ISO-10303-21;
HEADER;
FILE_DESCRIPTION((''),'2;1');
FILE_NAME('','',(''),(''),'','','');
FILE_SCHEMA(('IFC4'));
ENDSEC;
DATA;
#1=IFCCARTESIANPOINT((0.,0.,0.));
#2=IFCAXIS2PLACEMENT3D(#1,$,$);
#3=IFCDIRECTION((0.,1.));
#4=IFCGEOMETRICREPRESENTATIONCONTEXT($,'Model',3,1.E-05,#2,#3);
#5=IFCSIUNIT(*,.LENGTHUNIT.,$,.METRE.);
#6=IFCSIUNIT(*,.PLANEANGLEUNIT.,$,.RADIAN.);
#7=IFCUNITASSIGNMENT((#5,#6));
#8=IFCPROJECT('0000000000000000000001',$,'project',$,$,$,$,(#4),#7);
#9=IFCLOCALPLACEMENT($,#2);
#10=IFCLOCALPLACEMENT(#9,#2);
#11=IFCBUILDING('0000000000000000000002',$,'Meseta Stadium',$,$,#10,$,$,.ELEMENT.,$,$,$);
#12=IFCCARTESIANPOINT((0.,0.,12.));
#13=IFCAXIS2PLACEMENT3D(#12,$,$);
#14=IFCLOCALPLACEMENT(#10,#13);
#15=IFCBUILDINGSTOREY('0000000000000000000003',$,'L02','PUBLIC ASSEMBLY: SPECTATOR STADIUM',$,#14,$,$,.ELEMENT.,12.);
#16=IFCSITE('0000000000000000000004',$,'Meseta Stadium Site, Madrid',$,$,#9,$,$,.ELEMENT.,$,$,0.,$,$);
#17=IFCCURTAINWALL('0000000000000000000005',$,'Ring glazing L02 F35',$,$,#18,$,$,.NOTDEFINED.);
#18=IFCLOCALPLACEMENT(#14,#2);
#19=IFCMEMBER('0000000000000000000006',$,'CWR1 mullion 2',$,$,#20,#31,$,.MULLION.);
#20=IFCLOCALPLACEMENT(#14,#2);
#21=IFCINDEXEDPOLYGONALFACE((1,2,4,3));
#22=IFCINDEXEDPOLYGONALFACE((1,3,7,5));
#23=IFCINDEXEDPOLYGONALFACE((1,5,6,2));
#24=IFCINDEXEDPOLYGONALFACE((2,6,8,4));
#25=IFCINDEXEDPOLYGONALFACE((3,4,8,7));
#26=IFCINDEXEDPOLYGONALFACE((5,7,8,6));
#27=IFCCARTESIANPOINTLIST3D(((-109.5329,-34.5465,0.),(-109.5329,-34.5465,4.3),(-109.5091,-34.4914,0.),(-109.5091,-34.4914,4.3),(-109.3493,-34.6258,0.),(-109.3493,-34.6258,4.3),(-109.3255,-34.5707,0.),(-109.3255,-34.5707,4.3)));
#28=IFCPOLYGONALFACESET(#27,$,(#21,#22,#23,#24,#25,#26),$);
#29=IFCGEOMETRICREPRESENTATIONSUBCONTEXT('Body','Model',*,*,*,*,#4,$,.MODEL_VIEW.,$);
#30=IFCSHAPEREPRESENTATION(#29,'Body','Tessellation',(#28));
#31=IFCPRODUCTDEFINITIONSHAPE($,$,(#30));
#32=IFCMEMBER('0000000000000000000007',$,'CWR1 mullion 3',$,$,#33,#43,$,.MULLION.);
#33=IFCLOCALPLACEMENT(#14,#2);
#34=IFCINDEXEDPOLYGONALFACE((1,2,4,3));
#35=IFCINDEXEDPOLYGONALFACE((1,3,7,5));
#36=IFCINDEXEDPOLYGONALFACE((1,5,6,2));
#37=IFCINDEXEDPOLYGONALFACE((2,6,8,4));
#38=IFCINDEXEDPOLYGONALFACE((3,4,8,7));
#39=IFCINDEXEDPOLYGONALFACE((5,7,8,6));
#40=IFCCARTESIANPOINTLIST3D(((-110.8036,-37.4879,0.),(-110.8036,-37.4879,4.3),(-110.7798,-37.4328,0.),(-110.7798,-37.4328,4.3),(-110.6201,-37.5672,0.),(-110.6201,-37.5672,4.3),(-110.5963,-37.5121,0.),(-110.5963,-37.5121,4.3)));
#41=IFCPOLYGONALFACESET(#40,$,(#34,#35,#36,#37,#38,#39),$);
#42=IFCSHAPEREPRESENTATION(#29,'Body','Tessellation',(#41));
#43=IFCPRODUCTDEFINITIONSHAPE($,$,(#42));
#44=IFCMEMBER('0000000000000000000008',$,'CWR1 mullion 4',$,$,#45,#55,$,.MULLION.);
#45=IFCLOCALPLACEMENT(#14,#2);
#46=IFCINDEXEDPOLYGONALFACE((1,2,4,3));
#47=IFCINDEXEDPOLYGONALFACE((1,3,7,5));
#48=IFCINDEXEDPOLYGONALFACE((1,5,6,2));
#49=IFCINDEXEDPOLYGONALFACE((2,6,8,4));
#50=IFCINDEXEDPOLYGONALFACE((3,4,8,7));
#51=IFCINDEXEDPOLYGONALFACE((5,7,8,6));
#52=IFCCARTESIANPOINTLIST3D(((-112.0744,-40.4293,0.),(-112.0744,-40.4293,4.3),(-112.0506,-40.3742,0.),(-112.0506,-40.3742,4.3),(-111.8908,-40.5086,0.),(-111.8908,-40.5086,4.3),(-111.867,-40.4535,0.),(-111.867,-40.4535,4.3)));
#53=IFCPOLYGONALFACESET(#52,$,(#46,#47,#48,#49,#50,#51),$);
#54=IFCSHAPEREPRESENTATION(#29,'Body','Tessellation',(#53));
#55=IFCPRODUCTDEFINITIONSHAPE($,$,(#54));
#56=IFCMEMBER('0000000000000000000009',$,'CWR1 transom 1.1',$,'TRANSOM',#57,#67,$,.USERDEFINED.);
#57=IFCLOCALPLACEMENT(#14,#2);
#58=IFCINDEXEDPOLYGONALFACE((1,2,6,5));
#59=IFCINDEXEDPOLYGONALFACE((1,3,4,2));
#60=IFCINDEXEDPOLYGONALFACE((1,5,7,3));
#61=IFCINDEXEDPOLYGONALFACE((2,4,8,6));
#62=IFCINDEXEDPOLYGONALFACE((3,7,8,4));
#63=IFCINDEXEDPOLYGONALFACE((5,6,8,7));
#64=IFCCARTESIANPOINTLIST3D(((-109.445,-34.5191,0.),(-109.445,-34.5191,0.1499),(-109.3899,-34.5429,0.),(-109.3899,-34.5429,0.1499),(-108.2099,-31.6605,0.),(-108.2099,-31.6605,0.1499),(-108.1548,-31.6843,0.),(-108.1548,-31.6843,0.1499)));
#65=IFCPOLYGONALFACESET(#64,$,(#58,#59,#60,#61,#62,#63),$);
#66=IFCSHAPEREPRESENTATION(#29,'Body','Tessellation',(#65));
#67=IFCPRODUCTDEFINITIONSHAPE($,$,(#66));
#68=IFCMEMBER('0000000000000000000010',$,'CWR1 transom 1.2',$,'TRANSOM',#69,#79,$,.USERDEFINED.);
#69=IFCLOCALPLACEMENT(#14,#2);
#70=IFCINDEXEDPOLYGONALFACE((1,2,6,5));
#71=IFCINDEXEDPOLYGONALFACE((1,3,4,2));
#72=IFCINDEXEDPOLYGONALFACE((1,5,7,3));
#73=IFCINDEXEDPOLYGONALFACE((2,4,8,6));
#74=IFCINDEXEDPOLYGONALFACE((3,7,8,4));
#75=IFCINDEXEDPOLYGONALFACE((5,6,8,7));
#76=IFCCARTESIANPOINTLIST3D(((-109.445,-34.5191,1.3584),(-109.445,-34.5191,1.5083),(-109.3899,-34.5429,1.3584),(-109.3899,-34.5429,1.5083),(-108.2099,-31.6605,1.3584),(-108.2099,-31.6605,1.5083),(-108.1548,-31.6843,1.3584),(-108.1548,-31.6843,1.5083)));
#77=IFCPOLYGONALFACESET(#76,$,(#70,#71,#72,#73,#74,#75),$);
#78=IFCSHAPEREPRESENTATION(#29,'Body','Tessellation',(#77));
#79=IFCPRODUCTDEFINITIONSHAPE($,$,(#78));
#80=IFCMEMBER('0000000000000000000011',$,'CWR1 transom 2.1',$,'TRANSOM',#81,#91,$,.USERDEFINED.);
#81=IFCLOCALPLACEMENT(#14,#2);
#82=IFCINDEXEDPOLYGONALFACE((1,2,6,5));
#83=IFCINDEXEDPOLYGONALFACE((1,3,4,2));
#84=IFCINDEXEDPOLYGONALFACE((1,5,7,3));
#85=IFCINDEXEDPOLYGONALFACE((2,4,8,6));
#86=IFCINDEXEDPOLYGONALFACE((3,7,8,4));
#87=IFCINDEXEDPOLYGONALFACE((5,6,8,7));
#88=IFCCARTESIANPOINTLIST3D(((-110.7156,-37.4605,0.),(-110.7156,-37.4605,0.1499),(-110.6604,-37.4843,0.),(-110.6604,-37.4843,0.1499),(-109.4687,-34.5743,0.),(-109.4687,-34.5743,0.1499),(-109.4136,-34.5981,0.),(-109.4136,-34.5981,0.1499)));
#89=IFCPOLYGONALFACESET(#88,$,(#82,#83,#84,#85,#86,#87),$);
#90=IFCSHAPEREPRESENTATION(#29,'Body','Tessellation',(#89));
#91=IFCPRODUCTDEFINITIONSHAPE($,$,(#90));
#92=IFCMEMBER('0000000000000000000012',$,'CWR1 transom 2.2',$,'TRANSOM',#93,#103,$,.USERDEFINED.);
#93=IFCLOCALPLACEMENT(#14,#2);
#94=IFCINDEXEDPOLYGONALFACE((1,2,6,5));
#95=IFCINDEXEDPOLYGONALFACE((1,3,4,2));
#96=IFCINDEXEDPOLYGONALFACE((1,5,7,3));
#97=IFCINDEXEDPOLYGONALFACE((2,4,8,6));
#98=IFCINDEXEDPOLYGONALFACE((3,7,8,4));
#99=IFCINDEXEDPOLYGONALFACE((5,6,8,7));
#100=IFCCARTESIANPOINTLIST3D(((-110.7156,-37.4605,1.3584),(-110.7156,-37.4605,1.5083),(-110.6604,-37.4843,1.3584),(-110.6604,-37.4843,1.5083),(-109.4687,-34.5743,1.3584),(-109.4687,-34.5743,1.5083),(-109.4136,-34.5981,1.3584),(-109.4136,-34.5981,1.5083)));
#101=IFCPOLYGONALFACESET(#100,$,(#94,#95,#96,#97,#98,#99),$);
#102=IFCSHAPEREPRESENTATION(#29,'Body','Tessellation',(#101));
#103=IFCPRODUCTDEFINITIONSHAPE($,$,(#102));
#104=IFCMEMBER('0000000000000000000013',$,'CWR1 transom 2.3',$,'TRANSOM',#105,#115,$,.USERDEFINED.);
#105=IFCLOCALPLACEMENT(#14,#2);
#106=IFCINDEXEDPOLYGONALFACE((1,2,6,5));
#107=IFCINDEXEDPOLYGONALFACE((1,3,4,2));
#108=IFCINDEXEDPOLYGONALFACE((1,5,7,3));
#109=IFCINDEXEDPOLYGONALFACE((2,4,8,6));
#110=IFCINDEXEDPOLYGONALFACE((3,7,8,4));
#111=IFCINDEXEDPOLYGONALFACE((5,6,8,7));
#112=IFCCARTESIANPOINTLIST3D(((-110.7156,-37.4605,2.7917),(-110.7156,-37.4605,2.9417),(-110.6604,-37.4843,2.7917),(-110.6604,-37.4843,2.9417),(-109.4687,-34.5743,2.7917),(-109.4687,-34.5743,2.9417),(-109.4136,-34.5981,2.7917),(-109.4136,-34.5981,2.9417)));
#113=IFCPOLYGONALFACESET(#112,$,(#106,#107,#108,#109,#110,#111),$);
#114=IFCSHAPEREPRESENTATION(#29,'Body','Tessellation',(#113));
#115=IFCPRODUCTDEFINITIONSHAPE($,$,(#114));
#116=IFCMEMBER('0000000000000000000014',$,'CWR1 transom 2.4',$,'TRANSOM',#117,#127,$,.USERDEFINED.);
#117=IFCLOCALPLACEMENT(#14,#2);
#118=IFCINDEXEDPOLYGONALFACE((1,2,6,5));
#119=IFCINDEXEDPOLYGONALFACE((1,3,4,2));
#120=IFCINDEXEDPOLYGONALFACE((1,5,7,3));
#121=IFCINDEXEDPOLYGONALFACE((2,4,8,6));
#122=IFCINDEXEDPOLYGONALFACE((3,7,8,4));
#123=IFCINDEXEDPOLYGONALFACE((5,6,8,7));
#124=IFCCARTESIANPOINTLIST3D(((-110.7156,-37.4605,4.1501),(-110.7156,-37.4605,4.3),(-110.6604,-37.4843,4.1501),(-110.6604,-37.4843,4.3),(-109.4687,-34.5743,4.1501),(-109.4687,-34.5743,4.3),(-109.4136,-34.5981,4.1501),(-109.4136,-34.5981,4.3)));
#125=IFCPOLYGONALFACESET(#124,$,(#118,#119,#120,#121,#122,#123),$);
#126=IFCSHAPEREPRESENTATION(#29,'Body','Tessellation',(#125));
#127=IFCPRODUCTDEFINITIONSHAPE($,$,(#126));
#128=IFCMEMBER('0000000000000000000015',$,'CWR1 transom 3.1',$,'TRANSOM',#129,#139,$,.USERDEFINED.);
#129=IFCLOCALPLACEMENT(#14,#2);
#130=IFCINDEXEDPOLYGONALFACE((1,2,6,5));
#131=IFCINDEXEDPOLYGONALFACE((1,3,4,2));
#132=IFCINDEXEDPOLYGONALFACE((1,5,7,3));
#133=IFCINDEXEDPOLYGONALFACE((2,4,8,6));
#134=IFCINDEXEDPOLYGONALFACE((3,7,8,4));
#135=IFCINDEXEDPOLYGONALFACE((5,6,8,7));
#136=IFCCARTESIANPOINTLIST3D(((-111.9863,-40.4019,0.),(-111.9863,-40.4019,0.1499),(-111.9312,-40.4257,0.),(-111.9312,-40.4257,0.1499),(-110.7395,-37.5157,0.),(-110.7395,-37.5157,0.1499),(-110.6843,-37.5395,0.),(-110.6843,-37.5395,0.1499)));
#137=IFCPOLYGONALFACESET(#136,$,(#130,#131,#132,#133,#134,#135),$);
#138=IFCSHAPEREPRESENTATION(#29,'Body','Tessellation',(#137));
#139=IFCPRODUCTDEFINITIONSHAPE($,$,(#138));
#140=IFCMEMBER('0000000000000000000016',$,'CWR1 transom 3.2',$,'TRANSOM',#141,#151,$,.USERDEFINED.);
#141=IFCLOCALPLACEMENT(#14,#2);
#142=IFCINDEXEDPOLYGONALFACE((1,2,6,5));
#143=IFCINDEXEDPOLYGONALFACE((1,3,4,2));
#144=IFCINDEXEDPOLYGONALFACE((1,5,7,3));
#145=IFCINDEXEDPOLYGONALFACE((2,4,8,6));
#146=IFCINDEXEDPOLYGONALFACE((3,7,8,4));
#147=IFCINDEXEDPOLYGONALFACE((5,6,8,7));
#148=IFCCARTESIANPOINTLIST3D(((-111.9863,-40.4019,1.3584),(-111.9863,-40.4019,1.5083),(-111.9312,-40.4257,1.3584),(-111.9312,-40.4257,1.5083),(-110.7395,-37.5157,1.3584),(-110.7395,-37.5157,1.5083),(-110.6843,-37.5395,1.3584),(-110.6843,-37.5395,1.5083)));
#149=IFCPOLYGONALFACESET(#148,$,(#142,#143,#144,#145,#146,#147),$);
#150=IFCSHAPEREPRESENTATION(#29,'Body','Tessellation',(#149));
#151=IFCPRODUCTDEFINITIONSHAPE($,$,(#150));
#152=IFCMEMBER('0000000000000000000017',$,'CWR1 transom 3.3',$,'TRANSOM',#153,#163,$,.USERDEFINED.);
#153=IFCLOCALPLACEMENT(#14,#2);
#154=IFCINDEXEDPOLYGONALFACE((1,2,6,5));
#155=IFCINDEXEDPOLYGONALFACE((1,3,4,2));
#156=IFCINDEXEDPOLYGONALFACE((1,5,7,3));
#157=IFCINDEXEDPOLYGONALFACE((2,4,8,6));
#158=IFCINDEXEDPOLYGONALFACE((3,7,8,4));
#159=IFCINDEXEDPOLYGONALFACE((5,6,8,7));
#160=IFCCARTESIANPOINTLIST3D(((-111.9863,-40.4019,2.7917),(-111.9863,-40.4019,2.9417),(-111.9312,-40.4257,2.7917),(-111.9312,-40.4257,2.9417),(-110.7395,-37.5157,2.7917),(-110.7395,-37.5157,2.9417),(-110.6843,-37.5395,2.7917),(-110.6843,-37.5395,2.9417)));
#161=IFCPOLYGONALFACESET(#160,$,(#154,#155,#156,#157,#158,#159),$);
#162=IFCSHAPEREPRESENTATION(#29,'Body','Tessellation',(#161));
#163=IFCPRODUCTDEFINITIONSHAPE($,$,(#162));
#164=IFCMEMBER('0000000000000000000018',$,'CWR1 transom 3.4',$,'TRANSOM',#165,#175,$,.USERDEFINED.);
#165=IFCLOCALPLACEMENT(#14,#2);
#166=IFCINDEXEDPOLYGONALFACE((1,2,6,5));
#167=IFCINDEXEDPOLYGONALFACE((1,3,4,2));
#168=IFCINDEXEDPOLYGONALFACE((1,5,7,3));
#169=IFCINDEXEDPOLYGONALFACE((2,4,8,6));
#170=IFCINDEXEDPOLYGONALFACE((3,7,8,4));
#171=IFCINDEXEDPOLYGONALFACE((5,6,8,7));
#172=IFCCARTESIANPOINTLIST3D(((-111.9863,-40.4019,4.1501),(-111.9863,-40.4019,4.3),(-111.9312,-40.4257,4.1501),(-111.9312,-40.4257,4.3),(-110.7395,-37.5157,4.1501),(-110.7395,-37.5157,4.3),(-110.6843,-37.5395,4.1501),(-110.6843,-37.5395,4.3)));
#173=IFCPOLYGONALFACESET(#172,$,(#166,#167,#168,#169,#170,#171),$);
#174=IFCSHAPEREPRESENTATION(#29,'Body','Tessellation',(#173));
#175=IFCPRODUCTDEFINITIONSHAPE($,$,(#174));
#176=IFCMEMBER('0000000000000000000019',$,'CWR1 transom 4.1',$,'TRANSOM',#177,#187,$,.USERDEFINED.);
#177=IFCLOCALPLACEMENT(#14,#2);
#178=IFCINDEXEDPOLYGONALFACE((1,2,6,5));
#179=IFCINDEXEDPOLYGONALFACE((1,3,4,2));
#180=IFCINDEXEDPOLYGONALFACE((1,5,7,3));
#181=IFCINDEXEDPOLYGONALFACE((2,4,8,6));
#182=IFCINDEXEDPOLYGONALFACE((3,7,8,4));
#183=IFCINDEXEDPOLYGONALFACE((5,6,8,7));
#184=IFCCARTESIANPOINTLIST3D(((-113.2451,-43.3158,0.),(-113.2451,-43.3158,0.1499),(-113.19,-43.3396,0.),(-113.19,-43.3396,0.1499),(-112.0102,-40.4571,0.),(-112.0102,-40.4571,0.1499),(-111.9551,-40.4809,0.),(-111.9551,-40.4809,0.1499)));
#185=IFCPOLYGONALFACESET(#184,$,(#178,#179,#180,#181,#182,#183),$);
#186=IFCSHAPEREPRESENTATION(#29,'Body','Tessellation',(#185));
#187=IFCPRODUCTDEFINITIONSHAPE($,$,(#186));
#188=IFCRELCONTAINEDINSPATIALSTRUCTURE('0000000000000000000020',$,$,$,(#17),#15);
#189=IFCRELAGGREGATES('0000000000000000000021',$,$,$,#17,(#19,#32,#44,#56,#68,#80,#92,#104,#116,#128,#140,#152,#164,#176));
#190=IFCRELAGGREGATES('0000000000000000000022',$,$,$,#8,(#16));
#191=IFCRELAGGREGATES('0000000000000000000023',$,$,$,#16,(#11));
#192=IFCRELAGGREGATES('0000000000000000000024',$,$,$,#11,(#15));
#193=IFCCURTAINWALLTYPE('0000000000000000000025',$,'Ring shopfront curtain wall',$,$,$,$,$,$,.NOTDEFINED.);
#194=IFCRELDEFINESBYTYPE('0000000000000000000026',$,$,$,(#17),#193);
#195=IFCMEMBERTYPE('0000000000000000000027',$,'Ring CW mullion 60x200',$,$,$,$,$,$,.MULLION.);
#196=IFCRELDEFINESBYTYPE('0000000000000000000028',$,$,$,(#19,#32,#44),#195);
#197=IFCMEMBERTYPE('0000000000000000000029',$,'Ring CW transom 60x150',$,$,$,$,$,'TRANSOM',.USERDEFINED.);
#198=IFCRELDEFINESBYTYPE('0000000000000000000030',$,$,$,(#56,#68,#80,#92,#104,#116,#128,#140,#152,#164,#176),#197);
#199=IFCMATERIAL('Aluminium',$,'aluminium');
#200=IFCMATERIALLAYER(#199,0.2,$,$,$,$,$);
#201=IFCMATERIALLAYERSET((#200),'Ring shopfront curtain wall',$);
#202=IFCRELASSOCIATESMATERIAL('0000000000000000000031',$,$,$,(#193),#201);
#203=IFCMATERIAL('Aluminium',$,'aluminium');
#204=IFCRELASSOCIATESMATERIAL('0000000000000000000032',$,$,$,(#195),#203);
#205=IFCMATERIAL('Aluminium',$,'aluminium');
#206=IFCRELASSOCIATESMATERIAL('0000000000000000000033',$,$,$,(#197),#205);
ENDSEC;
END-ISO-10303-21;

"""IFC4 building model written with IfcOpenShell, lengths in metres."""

from ifc_helpers import new_model, si_unit, direction, frame, origin, origin_2d, place, context, subcontext, project, spatial, rectangle, extrude, material, layer, layer_set, material_profile, profile_set, type_object, element, aggregate, save


model = new_model("IFC4")

# Units and contexts
model_context = context("Model", 3, precision=1e-05, world=origin(), true_north=direction((0.0, 1.0)))
body_context = subcontext(model_context, "Body", "Model", "MODEL_VIEW")
ifc_project = project(units=[si_unit("LENGTHUNIT", "METRE"), si_unit("PLANEANGLEUNIT", "RADIAN")], contexts=[model_context])

# Site, building, storey
site_placement = place(None, origin())
site = spatial("IfcSite", under=ifc_project, at=site_placement, Name="Meseta Stadium Site, Madrid", CompositionType="ELEMENT", RefElevation=0.0)
building_placement = place(site_placement, origin())
building = spatial("IfcBuilding", under=site, at=building_placement, Name="Meseta Stadium", CompositionType="ELEMENT")
storey_placement = place(building_placement, frame((0.0, 0.0, 12.0)))
storey = spatial("IfcBuildingStorey", under=building, at=storey_placement, Name="L02", Description="PUBLIC ASSEMBLY: SPECTATOR STADIUM", CompositionType="ELEMENT", Elevation=12.0)

# Curtain wall, members
ifc_material_1 = material(Name="Aluminium", Category="aluminium")
ifc_layer_1 = layer(ifc_material_1, 0.2)
ifc_layer_set_1 = layer_set([ifc_layer_1], Name="Ring shopfront curtain wall")
curtain_wall_type = type_object("IfcCurtainWallType", Name="Ring shopfront curtain wall", PredefinedType="NOTDEFINED", material=ifc_layer_set_1)
curtain_wall_placement = place(storey_placement, origin())
curtain_wall = element("IfcCurtainWall", 1, at=curtain_wall_placement, inside=storey, type_object=curtain_wall_type, Name="Ring glazing L02 F35", PredefinedType="NOTDEFINED")
ifc_material_2 = material(Name="Aluminium", Category="aluminium")
ifc_material_profile_1 = material_profile(ifc_material_2, rectangle(XDim=0.2, YDim=0.0601, at=origin_2d()), Name="CW 200x60")
ifc_profile_set_1 = profile_set([ifc_material_profile_1], Name="Aluminium")
member_type_1 = type_object("IfcMemberType", Name="Ring CW mullion 60x200", PredefinedType="MULLION", material=ifc_profile_set_1)
member_1_placement = place(storey_placement, frame((-109.4292, -34.5586, 0.0), z_axis=(0.0, 0.0, 1.0), x_axis=(0.918, -0.396581, 0.0)))
member_1 = element("IfcMember", 2, at=member_1_placement, type_object=member_type_1, Name="CWR1 mullion 2", PredefinedType="MULLION", context=body_context, shape_type="SweptSolid", body=[
    extrude(rectangle(XDim=0.2, YDim=0.0601, at=origin_2d()), origin(), (0.0, 0.0, 1.0), 4.3),
])
member_2_placement = place(storey_placement, frame((-110.7, -37.5, 0.0), z_axis=(0.0, 0.0, 1.0), x_axis=(0.918, -0.396581, 0.0)))
member_2 = element("IfcMember", 3, at=member_2_placement, type_object=member_type_1, Name="CWR1 mullion 3", PredefinedType="MULLION", context=body_context, shape_type="SweptSolid", body=[
    extrude(rectangle(XDim=0.2, YDim=0.0601, at=origin_2d()), origin(), (0.0, 0.0, 1.0), 4.3),
])
member_3_placement = place(storey_placement, frame((-111.9707, -40.4414, 0.0), z_axis=(0.0, 0.0, 1.0), x_axis=(0.918, -0.396581, 0.0)))
member_3 = element("IfcMember", 4, at=member_3_placement, type_object=member_type_1, Name="CWR1 mullion 4", PredefinedType="MULLION", context=body_context, shape_type="SweptSolid", body=[
    extrude(rectangle(XDim=0.2, YDim=0.0601, at=origin_2d()), origin(), (0.0, 0.0, 1.0), 4.3),
])
ifc_material_3 = material(Name="Aluminium", Category="aluminium")
ifc_material_profile_2 = material_profile(ifc_material_3, rectangle(XDim=0.0601, YDim=0.1499, at=origin_2d()), Name="CW 60x150")
ifc_profile_set_2 = profile_set([ifc_material_profile_2], Name="Aluminium")
member_type_2 = type_object("IfcMemberType", Name="Ring CW transom 60x150", ElementType="TRANSOM", PredefinedType="USERDEFINED", material=ifc_profile_set_2)
member_4_placement = place(storey_placement, frame((-108.1824, -31.6724, 0.075), z_axis=(-0.396624, -0.917981, 0.0), x_axis=(0.917981, -0.396624, 0.0)))
member_4 = element("IfcMember", 5, at=member_4_placement, type_object=member_type_2, Name="CWR1 transom 1.1", ObjectType="TRANSOM", PredefinedType="USERDEFINED", context=body_context, shape_type="SweptSolid", body=[
    extrude(rectangle(XDim=0.0601, YDim=0.1499, at=origin_2d()), origin(), (0.0, 0.0, 1.0), 3.114),
])
member_5_placement = place(storey_placement, frame((-108.1824, -31.6724, 1.4333), z_axis=(-0.396624, -0.917981, 0.0), x_axis=(0.917981, -0.396624, 0.0)))
member_5 = element("IfcMember", 6, at=member_5_placement, type_object=member_type_2, Name="CWR1 transom 1.2", ObjectType="TRANSOM", PredefinedType="USERDEFINED", context=body_context, shape_type="SweptSolid", body=[
    extrude(rectangle(XDim=0.0601, YDim=0.1499, at=origin_2d()), origin(), (0.0, 0.0, 1.0), 3.114),
])
member_6_placement = place(storey_placement, frame((-109.4412, -34.5862, 0.075), z_axis=(-0.39657, -0.918005, 0.0), x_axis=(0.918005, -0.39657, 0.0)))
member_6 = element("IfcMember", 7, at=member_6_placement, type_object=member_type_2, Name="CWR1 transom 2.1", ObjectType="TRANSOM", PredefinedType="USERDEFINED", context=body_context, shape_type="SweptSolid", body=[
    extrude(rectangle(XDim=0.0601, YDim=0.1499, at=origin_2d()), origin(), (0.0, 0.0, 1.0), 3.144),
])
member_7_placement = place(storey_placement, frame((-109.4412, -34.5862, 1.4333), z_axis=(-0.39657, -0.918005, 0.0), x_axis=(0.918005, -0.39657, 0.0)))
member_7 = element("IfcMember", 8, at=member_7_placement, type_object=member_type_2, Name="CWR1 transom 2.2", ObjectType="TRANSOM", PredefinedType="USERDEFINED", context=body_context, shape_type="SweptSolid", body=[
    extrude(rectangle(XDim=0.0601, YDim=0.1499, at=origin_2d()), origin(), (0.0, 0.0, 1.0), 3.144),
])
member_8_placement = place(storey_placement, frame((-109.4412, -34.5862, 2.8667), z_axis=(-0.39657, -0.918005, 0.0), x_axis=(0.918005, -0.39657, 0.0)))
member_8 = element("IfcMember", 9, at=member_8_placement, type_object=member_type_2, Name="CWR1 transom 2.3", ObjectType="TRANSOM", PredefinedType="USERDEFINED", context=body_context, shape_type="SweptSolid", body=[
    extrude(rectangle(XDim=0.0601, YDim=0.1499, at=origin_2d()), origin(), (0.0, 0.0, 1.0), 3.144),
])
member_9_placement = place(storey_placement, frame((-109.4412, -34.5862, 4.2251), z_axis=(-0.39657, -0.918005, 0.0), x_axis=(0.918005, -0.39657, 0.0)))
member_9 = element("IfcMember", 10, at=member_9_placement, type_object=member_type_2, Name="CWR1 transom 2.4", ObjectType="TRANSOM", PredefinedType="USERDEFINED", context=body_context, shape_type="SweptSolid", body=[
    extrude(rectangle(XDim=0.0601, YDim=0.1499, at=origin_2d()), origin(), (0.0, 0.0, 1.0), 3.144),
])
member_10_placement = place(storey_placement, frame((-110.7119, -37.5276, 0.075), z_axis=(-0.39657, -0.918005, 0.0), x_axis=(0.918005, -0.39657, 0.0)))
member_10 = element("IfcMember", 11, at=member_10_placement, type_object=member_type_2, Name="CWR1 transom 3.1", ObjectType="TRANSOM", PredefinedType="USERDEFINED", context=body_context, shape_type="SweptSolid", body=[
    extrude(rectangle(XDim=0.0601, YDim=0.1499, at=origin_2d()), origin(), (0.0, 0.0, 1.0), 3.144),
])
member_11_placement = place(storey_placement, frame((-110.7119, -37.5276, 1.4333), z_axis=(-0.39657, -0.918005, 0.0), x_axis=(0.918005, -0.39657, 0.0)))
member_11 = element("IfcMember", 12, at=member_11_placement, type_object=member_type_2, Name="CWR1 transom 3.2", ObjectType="TRANSOM", PredefinedType="USERDEFINED", context=body_context, shape_type="SweptSolid", body=[
    extrude(rectangle(XDim=0.0601, YDim=0.1499, at=origin_2d()), origin(), (0.0, 0.0, 1.0), 3.144),
])
member_12_placement = place(storey_placement, frame((-110.7119, -37.5276, 2.8667), z_axis=(-0.39657, -0.918005, 0.0), x_axis=(0.918005, -0.39657, 0.0)))
member_12 = element("IfcMember", 13, at=member_12_placement, type_object=member_type_2, Name="CWR1 transom 3.3", ObjectType="TRANSOM", PredefinedType="USERDEFINED", context=body_context, shape_type="SweptSolid", body=[
    extrude(rectangle(XDim=0.0601, YDim=0.1499, at=origin_2d()), origin(), (0.0, 0.0, 1.0), 3.144),
])
member_13_placement = place(storey_placement, frame((-110.7119, -37.5276, 4.2251), z_axis=(-0.39657, -0.918005, 0.0), x_axis=(0.918005, -0.39657, 0.0)))
member_13 = element("IfcMember", 14, at=member_13_placement, type_object=member_type_2, Name="CWR1 transom 3.4", ObjectType="TRANSOM", PredefinedType="USERDEFINED", context=body_context, shape_type="SweptSolid", body=[
    extrude(rectangle(XDim=0.0601, YDim=0.1499, at=origin_2d()), origin(), (0.0, 0.0, 1.0), 3.144),
])
member_14_placement = place(storey_placement, frame((-111.9827, -40.469, 0.075), z_axis=(-0.396558, -0.91801, 0.0), x_axis=(0.91801, -0.396558, 0.0)))
member_14 = element("IfcMember", 15, at=member_14_placement, type_object=member_type_2, Name="CWR1 transom 4.1", ObjectType="TRANSOM", PredefinedType="USERDEFINED", context=body_context, shape_type="SweptSolid", body=[
    extrude(rectangle(XDim=0.0601, YDim=0.1499, at=origin_2d()), origin(), (0.0, 0.0, 1.0), 3.114),
])
aggregate(curtain_wall, [member_1, member_2, member_3, member_4, member_5, member_6, member_7, member_8, member_9, member_10, member_11, member_12, member_13, member_14])

save(model, "model.ifc")
